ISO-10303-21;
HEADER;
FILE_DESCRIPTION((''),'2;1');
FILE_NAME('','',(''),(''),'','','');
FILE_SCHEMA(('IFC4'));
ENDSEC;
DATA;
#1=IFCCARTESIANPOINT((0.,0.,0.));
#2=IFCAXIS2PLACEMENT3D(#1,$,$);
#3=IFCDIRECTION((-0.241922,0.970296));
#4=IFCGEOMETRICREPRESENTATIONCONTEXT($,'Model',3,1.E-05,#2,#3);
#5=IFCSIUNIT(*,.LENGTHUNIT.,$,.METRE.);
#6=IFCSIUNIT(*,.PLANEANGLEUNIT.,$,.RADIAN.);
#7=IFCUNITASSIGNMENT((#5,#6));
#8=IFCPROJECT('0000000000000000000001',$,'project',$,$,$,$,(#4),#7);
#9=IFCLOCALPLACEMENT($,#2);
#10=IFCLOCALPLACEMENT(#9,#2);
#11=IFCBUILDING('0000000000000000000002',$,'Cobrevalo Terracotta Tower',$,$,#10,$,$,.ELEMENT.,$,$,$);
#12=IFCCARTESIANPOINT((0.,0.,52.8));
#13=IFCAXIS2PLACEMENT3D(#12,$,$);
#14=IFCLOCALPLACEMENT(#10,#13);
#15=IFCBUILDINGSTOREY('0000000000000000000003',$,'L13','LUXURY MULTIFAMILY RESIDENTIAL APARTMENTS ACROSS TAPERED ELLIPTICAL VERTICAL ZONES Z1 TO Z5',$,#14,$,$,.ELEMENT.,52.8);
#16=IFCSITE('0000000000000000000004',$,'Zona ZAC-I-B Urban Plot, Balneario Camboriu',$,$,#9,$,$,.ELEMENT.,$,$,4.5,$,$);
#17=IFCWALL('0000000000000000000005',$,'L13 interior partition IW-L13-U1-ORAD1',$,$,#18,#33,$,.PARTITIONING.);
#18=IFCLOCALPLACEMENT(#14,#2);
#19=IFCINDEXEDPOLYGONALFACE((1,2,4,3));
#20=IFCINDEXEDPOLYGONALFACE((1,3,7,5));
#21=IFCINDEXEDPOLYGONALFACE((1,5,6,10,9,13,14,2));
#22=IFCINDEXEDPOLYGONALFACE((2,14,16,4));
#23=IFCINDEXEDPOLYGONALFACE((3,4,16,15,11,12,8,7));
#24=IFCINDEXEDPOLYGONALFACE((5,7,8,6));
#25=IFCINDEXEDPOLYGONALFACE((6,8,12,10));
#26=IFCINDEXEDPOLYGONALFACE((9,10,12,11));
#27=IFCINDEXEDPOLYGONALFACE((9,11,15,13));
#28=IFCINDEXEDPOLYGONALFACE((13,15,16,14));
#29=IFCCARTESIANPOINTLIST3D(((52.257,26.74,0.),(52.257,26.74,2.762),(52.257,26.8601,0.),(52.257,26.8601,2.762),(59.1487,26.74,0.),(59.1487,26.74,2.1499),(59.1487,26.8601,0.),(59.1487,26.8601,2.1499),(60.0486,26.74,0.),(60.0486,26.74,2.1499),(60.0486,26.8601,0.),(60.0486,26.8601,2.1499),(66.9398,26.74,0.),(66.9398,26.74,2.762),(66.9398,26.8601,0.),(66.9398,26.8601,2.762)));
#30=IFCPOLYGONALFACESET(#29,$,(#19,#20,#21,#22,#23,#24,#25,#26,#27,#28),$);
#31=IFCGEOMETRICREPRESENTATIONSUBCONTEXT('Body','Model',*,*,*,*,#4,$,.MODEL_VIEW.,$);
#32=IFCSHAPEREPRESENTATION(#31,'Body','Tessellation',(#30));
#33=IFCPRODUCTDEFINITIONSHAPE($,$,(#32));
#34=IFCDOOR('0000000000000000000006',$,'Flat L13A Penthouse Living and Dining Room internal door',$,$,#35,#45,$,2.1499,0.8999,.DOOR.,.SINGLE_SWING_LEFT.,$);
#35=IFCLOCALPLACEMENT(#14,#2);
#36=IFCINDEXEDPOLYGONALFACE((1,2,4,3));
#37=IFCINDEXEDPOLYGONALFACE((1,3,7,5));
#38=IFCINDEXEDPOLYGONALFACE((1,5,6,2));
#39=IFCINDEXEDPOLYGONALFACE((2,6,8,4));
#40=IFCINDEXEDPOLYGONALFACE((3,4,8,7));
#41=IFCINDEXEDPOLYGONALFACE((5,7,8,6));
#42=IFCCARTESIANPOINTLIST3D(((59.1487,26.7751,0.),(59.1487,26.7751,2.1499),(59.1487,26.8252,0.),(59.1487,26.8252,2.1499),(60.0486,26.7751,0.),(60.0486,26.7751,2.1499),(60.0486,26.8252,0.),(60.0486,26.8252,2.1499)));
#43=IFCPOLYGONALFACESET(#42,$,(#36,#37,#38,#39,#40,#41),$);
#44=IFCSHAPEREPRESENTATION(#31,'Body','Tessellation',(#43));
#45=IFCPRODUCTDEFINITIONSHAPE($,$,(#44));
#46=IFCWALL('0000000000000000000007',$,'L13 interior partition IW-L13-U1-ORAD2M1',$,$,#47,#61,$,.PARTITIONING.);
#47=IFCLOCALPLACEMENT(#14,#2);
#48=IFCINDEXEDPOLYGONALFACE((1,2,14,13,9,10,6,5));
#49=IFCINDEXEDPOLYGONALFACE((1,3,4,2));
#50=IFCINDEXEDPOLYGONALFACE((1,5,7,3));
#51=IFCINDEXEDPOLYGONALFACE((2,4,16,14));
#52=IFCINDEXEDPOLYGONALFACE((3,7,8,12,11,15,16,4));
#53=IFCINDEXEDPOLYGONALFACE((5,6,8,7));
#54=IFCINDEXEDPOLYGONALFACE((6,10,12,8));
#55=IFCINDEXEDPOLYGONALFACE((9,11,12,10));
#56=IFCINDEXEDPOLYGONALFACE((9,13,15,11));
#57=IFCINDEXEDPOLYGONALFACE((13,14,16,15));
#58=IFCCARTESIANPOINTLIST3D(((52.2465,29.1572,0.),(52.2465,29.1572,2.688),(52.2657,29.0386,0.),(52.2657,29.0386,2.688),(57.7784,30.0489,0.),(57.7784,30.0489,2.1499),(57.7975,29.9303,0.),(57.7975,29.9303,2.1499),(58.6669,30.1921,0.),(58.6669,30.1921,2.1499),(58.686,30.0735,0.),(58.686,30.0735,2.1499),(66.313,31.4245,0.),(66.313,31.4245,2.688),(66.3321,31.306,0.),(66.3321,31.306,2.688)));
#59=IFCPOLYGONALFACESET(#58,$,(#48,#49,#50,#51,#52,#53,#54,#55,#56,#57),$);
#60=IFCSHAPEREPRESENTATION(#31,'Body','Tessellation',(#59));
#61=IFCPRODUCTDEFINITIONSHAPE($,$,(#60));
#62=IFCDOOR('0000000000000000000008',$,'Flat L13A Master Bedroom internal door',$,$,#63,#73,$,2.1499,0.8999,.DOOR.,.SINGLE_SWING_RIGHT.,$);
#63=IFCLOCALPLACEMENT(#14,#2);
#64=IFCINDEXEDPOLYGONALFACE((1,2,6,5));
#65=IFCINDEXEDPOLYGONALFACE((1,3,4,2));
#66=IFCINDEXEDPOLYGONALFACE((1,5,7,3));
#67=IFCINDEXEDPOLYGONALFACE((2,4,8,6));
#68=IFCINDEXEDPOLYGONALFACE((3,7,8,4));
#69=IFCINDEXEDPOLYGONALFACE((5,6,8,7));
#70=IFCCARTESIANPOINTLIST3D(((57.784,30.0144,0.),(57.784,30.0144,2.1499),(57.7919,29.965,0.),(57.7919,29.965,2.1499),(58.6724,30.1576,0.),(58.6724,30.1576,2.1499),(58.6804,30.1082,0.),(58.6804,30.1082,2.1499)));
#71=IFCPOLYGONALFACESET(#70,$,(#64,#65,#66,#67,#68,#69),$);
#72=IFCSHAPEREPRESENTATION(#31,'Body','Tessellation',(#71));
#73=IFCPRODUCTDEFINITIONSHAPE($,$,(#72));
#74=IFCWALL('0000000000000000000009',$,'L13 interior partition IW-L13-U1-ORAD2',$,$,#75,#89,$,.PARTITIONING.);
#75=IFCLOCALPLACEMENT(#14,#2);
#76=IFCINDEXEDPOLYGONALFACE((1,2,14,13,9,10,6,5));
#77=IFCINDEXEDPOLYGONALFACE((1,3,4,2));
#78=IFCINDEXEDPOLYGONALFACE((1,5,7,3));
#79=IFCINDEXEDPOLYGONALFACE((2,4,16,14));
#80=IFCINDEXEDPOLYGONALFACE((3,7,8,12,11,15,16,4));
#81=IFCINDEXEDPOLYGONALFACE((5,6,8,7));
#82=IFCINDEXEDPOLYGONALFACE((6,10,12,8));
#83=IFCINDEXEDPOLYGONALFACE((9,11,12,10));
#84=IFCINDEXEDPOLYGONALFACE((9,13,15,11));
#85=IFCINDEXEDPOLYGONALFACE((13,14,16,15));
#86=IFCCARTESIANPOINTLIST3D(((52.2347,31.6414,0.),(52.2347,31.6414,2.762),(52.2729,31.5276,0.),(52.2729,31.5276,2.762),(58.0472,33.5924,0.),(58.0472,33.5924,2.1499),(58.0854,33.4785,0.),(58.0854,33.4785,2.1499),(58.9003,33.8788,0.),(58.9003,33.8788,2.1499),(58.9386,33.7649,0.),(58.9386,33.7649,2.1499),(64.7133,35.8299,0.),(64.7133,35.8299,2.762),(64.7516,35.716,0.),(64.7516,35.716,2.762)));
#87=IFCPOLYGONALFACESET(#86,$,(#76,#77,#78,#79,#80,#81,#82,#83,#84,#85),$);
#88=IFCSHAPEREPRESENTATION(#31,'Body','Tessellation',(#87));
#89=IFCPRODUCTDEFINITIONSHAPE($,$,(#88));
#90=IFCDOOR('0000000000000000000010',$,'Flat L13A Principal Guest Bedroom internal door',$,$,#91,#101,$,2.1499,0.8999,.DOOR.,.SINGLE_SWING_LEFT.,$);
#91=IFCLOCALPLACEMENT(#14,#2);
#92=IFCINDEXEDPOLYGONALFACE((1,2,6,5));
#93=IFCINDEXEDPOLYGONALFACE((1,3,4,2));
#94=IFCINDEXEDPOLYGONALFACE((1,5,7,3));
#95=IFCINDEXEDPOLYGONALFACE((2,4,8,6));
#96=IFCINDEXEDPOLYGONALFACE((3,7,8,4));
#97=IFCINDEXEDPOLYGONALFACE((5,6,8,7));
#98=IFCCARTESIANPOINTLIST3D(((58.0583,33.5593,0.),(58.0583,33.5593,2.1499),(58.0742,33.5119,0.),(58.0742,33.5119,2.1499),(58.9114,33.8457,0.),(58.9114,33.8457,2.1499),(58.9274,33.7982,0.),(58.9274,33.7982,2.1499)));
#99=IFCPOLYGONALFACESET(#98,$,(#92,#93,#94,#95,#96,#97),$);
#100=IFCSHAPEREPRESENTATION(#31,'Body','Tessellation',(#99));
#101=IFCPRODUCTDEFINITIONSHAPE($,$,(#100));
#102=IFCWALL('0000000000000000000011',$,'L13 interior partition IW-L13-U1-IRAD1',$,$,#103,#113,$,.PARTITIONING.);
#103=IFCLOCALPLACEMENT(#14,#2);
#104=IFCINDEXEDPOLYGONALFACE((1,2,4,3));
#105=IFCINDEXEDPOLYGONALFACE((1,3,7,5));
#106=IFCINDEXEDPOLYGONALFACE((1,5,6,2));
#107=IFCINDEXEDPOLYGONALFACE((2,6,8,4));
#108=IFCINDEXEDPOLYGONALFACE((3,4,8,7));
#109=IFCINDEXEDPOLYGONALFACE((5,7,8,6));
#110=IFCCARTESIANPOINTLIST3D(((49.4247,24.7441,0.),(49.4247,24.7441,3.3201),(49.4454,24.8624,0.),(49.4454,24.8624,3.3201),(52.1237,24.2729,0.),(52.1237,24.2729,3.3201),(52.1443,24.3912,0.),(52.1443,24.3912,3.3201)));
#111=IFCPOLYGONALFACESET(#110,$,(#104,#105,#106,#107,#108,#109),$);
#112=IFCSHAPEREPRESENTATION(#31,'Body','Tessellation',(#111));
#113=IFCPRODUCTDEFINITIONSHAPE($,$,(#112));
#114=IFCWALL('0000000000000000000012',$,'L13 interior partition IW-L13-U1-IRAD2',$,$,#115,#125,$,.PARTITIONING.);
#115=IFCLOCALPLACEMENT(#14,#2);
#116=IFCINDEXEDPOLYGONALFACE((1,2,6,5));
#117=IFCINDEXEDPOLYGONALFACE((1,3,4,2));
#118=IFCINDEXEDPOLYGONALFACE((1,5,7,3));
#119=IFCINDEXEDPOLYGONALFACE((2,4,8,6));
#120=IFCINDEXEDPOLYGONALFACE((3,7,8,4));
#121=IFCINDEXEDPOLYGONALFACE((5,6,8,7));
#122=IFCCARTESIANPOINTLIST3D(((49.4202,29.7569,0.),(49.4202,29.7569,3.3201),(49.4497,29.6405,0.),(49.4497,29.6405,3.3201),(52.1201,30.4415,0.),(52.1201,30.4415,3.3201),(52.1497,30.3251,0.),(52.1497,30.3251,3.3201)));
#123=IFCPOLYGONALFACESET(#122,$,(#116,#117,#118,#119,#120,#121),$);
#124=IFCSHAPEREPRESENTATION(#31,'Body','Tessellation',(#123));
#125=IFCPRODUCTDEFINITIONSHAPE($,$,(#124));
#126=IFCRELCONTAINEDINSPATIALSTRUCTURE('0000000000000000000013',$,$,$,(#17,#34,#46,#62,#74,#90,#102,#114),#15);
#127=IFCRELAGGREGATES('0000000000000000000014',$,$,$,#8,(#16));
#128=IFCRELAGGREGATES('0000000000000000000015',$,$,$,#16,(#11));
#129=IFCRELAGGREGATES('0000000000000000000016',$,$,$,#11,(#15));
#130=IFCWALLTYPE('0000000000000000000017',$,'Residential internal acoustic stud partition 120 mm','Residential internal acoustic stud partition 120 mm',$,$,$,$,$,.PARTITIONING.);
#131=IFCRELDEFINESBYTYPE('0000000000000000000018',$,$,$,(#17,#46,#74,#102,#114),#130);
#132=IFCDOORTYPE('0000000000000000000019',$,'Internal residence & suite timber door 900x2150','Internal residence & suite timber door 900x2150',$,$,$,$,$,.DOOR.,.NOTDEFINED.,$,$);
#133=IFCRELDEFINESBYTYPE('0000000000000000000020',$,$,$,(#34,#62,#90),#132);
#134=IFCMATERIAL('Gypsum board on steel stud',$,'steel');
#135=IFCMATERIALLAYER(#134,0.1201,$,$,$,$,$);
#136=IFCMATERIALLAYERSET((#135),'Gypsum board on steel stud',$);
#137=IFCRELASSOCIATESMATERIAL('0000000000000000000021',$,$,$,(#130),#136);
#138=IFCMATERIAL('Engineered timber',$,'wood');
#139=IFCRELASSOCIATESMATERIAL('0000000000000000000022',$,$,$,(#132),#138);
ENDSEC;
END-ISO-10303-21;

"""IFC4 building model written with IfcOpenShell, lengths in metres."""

from ifc_helpers import new_model, si_unit, direction, frame, frame_2d, origin, place, context, subcontext, project, spatial, rectangle, extrude, source, transform, mapped, material, layer, layer_set, type_object, element, fill, save


model = new_model("IFC4")

# Units and contexts
model_context = context("Model", 3, precision=1e-05, world=origin(), true_north=direction((-0.241922, 0.970296)))
body_context = subcontext(model_context, "Body", "Model", "MODEL_VIEW")
ifc_project = project(units=[si_unit("LENGTHUNIT", "METRE"), si_unit("PLANEANGLEUNIT", "RADIAN")], contexts=[model_context])

# Site, building, storey
site_placement = place(None, origin())
site = spatial("IfcSite", under=ifc_project, at=site_placement, Name="Zona ZAC-I-B Urban Plot, Balneario Camboriu", CompositionType="ELEMENT", RefElevation=4.5)
building_placement = place(site_placement, origin())
building = spatial("IfcBuilding", under=site, at=building_placement, Name="Cobrevalo Terracotta Tower", CompositionType="ELEMENT")
storey_placement = place(building_placement, frame((0.0, 0.0, 52.8)))
storey = spatial("IfcBuildingStorey", under=building, at=storey_placement, Name="L13", Description="LUXURY MULTIFAMILY RESIDENTIAL APARTMENTS ACROSS TAPERED ELLIPTICAL VERTICAL ZONES Z1 TO Z5", CompositionType="ELEMENT", Elevation=52.8)

# Walls, openings, doors
ifc_material_1 = material(Name="Gypsum board on steel stud", Category="steel")
ifc_layer_1 = layer(ifc_material_1, 0.1201)
ifc_layer_set_1 = layer_set([ifc_layer_1], Name="Gypsum board on steel stud")
wall_type = type_object("IfcWallType", Name="Residential internal acoustic stud partition 120 mm", Description="Residential internal acoustic stud partition 120 mm", PredefinedType="PARTITIONING", material=ifc_layer_set_1)
wall_1_placement = place(storey_placement, frame((52.2571, 26.8, 0.0), z_axis=(0.0, 0.0, 1.0), x_axis=(1.0, 0.0, 0.0)))
wall_1 = element("IfcWall", 1, at=wall_1_placement, inside=storey, type_object=wall_type, Name="L13 interior partition IW-L13-U1-ORAD1", PredefinedType="PARTITIONING", context=body_context, shape_type="SweptSolid", body=[
    extrude(rectangle(XDim=14.6829, YDim=0.1201, at=frame_2d((7.3413, 0.0))), origin(), (0.0, 0.0, 1.0), 2.762),
])
opening_1_placement = place(wall_1_placement, frame((6.8916, 0.0, 0.0)))
opening_1 = element("IfcOpeningElement", 2, at=opening_1_placement, cuts=wall_1, PredefinedType="OPENING", context=body_context, shape_type="SweptSolid", body=[
    extrude(rectangle(XDim=0.8999, YDim=2.1499, at=frame_2d((0.45, 1.075))), frame((0.0, 0.0701, 0.0), z_axis=(0.0, -1.0, 0.0), x_axis=(1.0, 0.0, 0.0)), (0.0, 0.0, 1.0), 0.1401),
])
ifc_material_2 = material(Name="Engineered timber", Category="wood")
door_type = type_object("IfcDoorType", Name="Internal residence & suite timber door 900x2150", Description="Internal residence & suite timber door 900x2150", OperationType="NOTDEFINED", PredefinedType="DOOR", material=ifc_material_2)
shared_shape_1 = source(origin(), body_context, "Body", "SweptSolid", [
    extrude(rectangle(XDim=0.8999, YDim=2.1499, at=frame_2d((0.45, 1.075))), frame((0.0, 0.0249, 0.0), z_axis=(0.0, -1.0, 0.0), x_axis=(1.0, 0.0, 0.0)), (0.0, 0.0, 1.0), 0.05),
])
door_1_placement = place(opening_1_placement, frame((0.8999, 0.0, 0.0), z_axis=(0.0, 0.0, 1.0), x_axis=(-1.0, 0.0, 0.0)))
door_1 = element("IfcDoor", 3, at=door_1_placement, inside=storey, type_object=door_type, Name="Flat L13A Penthouse Living and Dining Room internal door", OperationType="SINGLE_SWING_LEFT", OverallHeight=2.1499, OverallWidth=0.8999, PredefinedType="DOOR", context=body_context, shape_type="MappedRepresentation", body=[
    mapped(shared_shape_1, transform((0.0, 0.0, 0.0), scale=1.0)),
])
fill(opening_1, door_1)
wall_2_placement = place(storey_placement, frame((52.2561, 29.0979, 0.0), z_axis=(0.0, 0.0, 1.0), x_axis=(0.987257, 0.159134, 0.0)))
wall_2 = element("IfcWall", 4, at=wall_2_placement, inside=storey, type_object=wall_type, Name="L13 interior partition IW-L13-U1-ORAD2M1", PredefinedType="PARTITIONING", context=body_context, shape_type="SweptSolid", body=[
    extrude(rectangle(XDim=14.248, YDim=0.1201, at=frame_2d((7.124, 0.0))), origin(), (0.0, 0.0, 1.0), 2.688),
])
opening_2_placement = place(wall_2_placement, frame((5.6033, 0.0, 0.0)))
opening_2 = element("IfcOpeningElement", 5, at=opening_2_placement, cuts=wall_2, PredefinedType="OPENING", context=body_context, shape_type="SweptSolid", body=[
    extrude(rectangle(XDim=0.8999, YDim=2.1499, at=frame_2d((0.45, 1.075))), frame((0.0, 0.0701, 0.0), z_axis=(0.0, -1.0, 0.0), x_axis=(1.0, 0.0, 0.0)), (0.0, 0.0, 1.0), 0.1401),
])
door_2_placement = place(opening_2_placement, frame((0.8999, 0.0, 0.0), z_axis=(0.0, 0.0, 1.0), x_axis=(-1.0, 0.0, 0.0)))
door_2 = element("IfcDoor", 6, at=door_2_placement, inside=storey, type_object=door_type, Name="Flat L13A Master Bedroom internal door", OperationType="SINGLE_SWING_RIGHT", OverallHeight=2.1499, OverallWidth=0.8999, PredefinedType="DOOR", context=body_context, shape_type="MappedRepresentation", body=[
    mapped(shared_shape_1, transform((0.0, 0.0, 0.0), scale=1.0)),
])
fill(opening_2, door_2)
wall_3_placement = place(storey_placement, frame((52.2537, 31.5845, 0.0), z_axis=(0.0, 0.0, 1.0), x_axis=(0.948023, 0.318202, 0.0)))
wall_3 = element("IfcWall", 7, at=wall_3_placement, inside=storey, type_object=wall_type, Name="L13 interior partition IW-L13-U1-ORAD2", PredefinedType="PARTITIONING", context=body_context, shape_type="SweptSolid", body=[
    extrude(rectangle(XDim=13.1628, YDim=0.1201, at=frame_2d((6.5815, 0.0))), origin(), (0.0, 0.0, 1.0), 2.762),
])
opening_3_placement = place(wall_3_placement, frame((6.1313, 0.0, 0.0)))
opening_3 = element("IfcOpeningElement", 8, at=opening_3_placement, cuts=wall_3, PredefinedType="OPENING", context=body_context, shape_type="SweptSolid", body=[
    extrude(rectangle(XDim=0.8999, YDim=2.1499, at=frame_2d((0.45, 1.075))), frame((0.0, 0.0701, 0.0), z_axis=(0.0, -1.0, 0.0), x_axis=(1.0, 0.0, 0.0)), (0.0, 0.0, 1.0), 0.1401),
])
door_3_placement = place(opening_3_placement, frame((0.8999, 0.0, 0.0), z_axis=(0.0, 0.0, 1.0), x_axis=(-1.0, 0.0, 0.0)))
door_3 = element("IfcDoor", 9, at=door_3_placement, inside=storey, type_object=door_type, Name="Flat L13A Principal Guest Bedroom internal door", OperationType="SINGLE_SWING_LEFT", OverallHeight=2.1499, OverallWidth=0.8999, PredefinedType="DOOR", context=body_context, shape_type="MappedRepresentation", body=[
    mapped(shared_shape_1, transform((0.0, 0.0, 0.0), scale=1.0)),
])
fill(opening_3, door_3)

# Walls
wall_4_placement = place(storey_placement, frame((49.4351, 24.8032, 0.0), z_axis=(0.0, 0.0, 1.0), x_axis=(0.9851, -0.17198, 0.0)))
element("IfcWall", 10, at=wall_4_placement, inside=storey, type_object=wall_type, Name="L13 interior partition IW-L13-U1-IRAD1", PredefinedType="PARTITIONING", context=body_context, shape_type="SweptSolid", body=[
    extrude(rectangle(XDim=2.7397, YDim=0.1201, at=frame_2d((1.3699, 0.0))), origin(), (0.0, 0.0, 1.0), 3.3201),
])
wall_5_placement = place(storey_placement, frame((49.4351, 29.6987, 0.0), z_axis=(0.0, 0.0, 1.0), x_axis=(0.969328, 0.245772, 0.0)))
element("IfcWall", 11, at=wall_5_placement, inside=storey, type_object=wall_type, Name="L13 interior partition IW-L13-U1-IRAD2", PredefinedType="PARTITIONING", context=body_context, shape_type="SweptSolid", body=[
    extrude(rectangle(XDim=2.7854, YDim=0.1201, at=frame_2d((1.3926, 0.0))), origin(), (0.0, 0.0, 1.0), 3.3201),
])

save(model, "model.ifc")
